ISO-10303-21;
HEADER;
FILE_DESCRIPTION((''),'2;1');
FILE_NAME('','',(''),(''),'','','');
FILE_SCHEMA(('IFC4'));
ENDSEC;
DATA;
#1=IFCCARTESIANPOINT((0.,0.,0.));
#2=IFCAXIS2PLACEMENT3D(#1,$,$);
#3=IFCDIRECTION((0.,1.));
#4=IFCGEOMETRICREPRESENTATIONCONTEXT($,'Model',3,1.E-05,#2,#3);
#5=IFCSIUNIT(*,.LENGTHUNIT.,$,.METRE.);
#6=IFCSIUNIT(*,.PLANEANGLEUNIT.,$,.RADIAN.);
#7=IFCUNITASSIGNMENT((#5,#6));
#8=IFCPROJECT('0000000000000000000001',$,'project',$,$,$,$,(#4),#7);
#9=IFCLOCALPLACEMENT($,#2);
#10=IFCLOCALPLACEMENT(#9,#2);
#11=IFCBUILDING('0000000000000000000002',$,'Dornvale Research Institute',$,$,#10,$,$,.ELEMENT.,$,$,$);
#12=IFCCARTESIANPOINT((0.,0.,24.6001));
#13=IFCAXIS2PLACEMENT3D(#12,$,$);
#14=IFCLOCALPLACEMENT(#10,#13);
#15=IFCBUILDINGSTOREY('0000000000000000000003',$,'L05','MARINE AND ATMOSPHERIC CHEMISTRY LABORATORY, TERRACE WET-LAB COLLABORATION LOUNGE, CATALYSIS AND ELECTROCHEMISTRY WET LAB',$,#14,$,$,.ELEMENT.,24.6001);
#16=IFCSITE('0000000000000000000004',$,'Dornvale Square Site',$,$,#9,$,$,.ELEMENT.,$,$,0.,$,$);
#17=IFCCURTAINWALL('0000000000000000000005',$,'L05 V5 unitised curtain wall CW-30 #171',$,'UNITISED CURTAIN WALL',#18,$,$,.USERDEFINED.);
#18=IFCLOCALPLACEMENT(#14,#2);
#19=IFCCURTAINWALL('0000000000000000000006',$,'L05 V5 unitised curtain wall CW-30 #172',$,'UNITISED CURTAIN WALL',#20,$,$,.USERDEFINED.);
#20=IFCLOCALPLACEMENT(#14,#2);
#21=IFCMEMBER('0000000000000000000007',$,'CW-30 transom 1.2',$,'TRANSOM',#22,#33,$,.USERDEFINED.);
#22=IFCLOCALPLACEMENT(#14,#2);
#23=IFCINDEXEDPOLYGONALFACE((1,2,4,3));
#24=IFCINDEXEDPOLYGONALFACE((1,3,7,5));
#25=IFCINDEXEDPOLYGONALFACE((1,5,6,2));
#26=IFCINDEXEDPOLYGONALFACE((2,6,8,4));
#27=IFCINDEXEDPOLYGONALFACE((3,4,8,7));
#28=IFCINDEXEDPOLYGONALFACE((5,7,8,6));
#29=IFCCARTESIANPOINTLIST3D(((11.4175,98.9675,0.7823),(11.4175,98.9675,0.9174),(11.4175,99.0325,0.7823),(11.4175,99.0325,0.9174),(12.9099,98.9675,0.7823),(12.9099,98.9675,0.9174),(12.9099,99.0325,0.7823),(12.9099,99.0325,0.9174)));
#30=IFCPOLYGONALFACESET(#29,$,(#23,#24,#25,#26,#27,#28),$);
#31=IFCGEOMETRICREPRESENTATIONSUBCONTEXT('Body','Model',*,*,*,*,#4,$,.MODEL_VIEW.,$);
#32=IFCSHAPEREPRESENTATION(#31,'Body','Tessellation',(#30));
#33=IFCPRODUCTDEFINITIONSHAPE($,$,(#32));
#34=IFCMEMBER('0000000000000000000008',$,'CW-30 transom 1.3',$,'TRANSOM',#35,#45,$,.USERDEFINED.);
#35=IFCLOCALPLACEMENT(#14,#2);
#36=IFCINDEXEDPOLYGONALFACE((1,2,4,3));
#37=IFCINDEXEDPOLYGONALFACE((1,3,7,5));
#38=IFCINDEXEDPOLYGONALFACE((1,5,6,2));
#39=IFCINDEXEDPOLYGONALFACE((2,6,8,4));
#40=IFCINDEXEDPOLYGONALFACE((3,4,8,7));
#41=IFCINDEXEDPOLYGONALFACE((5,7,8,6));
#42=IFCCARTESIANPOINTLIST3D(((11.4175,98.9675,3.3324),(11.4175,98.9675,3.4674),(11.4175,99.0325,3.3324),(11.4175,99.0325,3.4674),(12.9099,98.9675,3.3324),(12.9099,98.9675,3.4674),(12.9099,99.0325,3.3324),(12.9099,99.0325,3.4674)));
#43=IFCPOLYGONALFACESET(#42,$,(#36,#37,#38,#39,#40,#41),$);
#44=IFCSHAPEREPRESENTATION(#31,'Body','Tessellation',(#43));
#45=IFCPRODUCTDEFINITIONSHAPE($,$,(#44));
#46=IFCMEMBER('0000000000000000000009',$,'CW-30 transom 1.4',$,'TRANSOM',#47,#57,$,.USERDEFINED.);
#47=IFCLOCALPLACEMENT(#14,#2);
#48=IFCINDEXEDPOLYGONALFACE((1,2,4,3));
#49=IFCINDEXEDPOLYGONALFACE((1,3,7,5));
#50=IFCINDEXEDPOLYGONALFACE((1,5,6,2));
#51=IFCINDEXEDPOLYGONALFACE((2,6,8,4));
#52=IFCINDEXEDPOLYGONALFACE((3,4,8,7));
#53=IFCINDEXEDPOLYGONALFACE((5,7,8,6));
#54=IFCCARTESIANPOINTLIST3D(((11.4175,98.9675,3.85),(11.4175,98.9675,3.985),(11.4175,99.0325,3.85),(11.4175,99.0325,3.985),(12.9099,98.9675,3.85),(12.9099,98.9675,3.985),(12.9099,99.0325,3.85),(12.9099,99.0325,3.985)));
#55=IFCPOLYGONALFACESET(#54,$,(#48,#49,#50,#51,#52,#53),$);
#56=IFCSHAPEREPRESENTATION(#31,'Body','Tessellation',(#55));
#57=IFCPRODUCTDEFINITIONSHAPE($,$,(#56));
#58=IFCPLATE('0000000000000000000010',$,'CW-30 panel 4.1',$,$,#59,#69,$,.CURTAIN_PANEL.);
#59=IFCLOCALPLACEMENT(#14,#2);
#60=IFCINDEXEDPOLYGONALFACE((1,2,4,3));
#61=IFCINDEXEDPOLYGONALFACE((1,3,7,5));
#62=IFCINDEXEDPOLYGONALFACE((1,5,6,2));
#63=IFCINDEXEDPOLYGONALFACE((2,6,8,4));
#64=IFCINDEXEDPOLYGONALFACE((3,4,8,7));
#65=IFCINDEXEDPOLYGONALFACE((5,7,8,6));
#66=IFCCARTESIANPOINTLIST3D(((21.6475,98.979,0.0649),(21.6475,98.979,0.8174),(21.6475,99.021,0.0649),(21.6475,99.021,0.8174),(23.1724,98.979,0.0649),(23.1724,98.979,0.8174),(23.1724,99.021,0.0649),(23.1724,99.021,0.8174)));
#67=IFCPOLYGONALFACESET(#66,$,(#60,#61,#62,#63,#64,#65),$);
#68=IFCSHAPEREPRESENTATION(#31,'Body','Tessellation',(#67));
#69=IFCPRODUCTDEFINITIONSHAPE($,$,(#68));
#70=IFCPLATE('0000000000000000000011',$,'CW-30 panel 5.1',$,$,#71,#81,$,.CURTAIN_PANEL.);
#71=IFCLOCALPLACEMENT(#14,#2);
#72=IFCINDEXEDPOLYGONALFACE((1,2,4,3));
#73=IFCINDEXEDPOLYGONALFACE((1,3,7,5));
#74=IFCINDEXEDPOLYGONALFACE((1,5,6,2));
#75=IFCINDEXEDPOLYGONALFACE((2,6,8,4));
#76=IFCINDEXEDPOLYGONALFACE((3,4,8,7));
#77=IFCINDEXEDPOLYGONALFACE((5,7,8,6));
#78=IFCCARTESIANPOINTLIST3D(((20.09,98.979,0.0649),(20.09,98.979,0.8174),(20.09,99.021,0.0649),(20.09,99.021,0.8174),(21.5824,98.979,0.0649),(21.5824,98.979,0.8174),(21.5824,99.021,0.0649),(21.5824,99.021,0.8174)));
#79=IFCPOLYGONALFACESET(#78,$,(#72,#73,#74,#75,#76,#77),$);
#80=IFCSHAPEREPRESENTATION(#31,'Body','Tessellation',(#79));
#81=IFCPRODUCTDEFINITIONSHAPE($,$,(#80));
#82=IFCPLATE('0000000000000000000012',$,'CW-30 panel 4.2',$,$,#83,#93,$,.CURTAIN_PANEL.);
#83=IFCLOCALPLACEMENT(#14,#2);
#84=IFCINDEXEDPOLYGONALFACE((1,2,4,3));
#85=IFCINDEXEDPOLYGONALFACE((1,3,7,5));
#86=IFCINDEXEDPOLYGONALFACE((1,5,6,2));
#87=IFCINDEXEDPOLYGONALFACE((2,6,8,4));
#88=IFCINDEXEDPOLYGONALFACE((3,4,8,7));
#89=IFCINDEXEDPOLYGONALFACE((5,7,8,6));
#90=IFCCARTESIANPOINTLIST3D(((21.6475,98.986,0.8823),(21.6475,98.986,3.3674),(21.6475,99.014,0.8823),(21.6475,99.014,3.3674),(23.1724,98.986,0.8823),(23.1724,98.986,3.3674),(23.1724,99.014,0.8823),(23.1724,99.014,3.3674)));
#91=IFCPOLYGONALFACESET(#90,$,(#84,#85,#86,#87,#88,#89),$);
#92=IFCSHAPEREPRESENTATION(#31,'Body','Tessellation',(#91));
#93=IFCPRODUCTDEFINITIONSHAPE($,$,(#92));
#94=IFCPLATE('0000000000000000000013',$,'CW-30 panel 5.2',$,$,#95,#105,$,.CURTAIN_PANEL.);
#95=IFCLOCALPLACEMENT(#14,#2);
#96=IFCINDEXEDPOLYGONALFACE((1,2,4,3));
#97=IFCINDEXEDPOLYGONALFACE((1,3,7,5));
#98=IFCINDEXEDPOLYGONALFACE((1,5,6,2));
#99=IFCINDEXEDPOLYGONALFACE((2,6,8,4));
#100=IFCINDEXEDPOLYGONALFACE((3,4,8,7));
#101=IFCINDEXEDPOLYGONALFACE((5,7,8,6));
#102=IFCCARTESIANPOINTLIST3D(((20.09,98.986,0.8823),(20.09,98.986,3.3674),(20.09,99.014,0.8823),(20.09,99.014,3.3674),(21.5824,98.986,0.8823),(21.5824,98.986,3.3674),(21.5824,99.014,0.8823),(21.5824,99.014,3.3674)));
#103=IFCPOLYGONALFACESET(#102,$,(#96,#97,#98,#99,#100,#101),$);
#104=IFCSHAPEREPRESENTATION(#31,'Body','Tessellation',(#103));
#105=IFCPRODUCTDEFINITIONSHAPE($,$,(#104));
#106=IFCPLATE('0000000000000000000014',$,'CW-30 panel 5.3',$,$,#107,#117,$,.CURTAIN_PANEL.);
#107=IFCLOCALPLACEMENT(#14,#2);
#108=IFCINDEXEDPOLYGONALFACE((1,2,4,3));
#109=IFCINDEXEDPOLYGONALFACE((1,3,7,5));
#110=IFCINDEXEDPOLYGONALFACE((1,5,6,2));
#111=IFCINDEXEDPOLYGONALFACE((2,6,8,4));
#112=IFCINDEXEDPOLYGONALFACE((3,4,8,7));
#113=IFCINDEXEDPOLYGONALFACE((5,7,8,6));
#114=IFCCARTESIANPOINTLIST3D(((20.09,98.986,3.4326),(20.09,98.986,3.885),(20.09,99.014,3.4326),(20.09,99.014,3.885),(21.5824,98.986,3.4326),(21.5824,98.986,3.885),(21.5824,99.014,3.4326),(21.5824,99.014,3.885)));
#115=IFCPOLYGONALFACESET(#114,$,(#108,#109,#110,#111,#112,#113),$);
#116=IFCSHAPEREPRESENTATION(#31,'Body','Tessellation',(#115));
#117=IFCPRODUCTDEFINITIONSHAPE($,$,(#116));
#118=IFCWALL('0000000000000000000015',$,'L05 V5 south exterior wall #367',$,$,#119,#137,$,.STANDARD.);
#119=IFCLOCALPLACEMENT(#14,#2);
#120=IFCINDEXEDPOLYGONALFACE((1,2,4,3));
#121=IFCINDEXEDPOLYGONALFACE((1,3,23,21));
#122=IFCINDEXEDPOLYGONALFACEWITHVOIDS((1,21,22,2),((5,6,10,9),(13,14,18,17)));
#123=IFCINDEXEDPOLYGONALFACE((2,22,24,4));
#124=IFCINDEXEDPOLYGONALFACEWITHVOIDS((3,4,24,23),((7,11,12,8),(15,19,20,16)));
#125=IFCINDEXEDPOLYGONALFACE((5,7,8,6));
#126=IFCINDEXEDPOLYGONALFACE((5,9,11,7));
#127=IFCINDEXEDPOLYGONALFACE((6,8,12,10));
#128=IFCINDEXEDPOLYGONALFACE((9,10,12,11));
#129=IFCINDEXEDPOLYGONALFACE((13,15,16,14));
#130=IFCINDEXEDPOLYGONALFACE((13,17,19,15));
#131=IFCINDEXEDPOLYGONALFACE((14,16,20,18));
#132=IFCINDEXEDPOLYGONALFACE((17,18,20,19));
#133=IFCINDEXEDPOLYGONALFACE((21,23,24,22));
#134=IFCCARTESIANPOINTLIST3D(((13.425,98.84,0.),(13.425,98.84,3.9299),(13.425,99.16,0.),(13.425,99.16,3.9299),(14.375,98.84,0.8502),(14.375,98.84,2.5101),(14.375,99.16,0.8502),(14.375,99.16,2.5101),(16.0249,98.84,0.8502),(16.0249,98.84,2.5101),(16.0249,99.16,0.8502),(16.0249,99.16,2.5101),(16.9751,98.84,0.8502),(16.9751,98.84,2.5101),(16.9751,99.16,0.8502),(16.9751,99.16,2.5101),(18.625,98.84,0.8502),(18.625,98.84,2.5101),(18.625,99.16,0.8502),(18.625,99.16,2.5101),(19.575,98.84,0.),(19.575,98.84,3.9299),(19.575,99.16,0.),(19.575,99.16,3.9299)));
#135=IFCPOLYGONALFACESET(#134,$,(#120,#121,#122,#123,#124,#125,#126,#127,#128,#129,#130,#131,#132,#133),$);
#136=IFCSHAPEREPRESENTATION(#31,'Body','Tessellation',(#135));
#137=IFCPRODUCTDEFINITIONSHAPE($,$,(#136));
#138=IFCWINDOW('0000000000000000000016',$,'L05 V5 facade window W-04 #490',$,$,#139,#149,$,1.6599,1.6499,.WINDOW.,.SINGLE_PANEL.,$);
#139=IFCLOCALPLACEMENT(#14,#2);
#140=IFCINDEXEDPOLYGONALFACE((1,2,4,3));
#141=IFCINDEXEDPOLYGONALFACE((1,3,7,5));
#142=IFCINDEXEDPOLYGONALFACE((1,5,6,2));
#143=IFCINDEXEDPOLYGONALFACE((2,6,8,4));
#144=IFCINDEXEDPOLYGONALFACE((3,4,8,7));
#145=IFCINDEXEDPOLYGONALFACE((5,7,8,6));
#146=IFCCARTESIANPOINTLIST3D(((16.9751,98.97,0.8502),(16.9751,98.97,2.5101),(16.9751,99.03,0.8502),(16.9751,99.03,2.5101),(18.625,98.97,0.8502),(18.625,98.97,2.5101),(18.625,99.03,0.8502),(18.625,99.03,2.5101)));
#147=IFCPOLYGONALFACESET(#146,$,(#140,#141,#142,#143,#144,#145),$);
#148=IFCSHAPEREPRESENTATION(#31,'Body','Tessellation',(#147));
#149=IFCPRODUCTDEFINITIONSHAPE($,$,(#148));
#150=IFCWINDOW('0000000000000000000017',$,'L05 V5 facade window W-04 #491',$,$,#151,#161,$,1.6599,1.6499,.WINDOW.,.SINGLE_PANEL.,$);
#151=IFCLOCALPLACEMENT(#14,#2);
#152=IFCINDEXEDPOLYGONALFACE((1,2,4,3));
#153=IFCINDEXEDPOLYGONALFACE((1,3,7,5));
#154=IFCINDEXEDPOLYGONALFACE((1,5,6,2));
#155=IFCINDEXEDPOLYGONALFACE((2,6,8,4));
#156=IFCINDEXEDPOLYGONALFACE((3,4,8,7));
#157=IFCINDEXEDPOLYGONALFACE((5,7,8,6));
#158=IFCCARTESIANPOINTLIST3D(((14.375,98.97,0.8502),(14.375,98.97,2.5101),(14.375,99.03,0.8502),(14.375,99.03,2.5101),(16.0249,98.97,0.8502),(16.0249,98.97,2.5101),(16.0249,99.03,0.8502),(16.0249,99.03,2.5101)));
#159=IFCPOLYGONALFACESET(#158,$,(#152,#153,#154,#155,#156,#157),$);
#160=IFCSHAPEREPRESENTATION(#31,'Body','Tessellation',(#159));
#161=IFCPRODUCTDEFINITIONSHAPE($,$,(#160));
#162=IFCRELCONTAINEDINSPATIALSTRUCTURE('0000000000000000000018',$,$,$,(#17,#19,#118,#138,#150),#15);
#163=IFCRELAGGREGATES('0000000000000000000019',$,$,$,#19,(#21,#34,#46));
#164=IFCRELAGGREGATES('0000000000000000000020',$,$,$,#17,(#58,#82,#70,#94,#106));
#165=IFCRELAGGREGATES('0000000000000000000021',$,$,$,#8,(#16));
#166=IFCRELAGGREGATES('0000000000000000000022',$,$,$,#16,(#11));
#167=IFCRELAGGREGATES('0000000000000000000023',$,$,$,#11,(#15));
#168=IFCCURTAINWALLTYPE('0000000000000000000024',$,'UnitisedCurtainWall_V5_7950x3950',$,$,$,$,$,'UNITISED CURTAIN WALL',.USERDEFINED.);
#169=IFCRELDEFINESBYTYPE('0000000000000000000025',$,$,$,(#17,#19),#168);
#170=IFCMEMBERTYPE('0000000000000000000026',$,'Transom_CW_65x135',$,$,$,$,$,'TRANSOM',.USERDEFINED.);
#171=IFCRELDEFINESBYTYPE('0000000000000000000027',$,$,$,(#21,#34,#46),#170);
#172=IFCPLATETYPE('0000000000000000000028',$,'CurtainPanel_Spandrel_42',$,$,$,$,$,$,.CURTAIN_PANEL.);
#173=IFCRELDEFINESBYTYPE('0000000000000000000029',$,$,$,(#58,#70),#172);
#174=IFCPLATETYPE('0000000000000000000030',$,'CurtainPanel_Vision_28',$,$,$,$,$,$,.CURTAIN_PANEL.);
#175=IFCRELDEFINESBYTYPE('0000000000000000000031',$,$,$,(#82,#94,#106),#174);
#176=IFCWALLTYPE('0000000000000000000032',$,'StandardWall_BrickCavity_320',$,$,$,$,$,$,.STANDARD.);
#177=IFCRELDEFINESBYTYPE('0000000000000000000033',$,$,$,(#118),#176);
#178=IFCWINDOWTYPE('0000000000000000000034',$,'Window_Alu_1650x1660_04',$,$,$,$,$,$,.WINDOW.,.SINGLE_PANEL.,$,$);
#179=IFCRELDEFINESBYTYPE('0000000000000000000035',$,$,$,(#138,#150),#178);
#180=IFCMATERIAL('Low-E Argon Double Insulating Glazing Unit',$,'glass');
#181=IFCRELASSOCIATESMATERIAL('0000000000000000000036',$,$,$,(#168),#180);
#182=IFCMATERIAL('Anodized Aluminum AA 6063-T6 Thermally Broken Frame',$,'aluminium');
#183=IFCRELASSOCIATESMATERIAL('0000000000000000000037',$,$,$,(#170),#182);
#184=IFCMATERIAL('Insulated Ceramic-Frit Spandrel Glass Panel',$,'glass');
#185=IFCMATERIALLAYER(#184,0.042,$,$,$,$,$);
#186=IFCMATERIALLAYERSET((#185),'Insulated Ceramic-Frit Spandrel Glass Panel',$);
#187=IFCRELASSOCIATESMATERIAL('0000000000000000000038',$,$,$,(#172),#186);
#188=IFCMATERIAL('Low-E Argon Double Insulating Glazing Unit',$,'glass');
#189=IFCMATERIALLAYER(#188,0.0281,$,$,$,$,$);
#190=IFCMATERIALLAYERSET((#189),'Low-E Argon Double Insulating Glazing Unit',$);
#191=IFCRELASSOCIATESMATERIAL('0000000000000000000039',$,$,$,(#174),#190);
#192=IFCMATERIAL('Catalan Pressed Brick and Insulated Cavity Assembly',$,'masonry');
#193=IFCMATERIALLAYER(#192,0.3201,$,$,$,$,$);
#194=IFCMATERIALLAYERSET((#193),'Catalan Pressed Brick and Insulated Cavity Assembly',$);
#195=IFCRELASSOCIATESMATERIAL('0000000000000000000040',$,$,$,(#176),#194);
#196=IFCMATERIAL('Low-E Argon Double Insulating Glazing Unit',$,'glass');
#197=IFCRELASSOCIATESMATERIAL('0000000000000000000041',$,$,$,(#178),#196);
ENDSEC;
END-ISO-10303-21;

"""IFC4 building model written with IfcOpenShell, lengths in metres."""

from ifc_helpers import new_model, si_unit, direction, frame, frame_2d, origin, origin_2d, place, context, subcontext, project, spatial, rectangle, extrude, material, layer, layer_set, material_profile, profile_set, type_object, element, fill, aggregate, save


model = new_model("IFC4")

# Units and contexts
model_context = context("Model", 3, precision=1e-05, world=origin(), true_north=direction((0.0, 1.0)))
body_context = subcontext(model_context, "Body", "Model", "MODEL_VIEW")
ifc_project = project(units=[si_unit("LENGTHUNIT", "METRE"), si_unit("PLANEANGLEUNIT", "RADIAN")], contexts=[model_context])

# Site, building, storey
site_placement = place(None, origin())
site = spatial("IfcSite", under=ifc_project, at=site_placement, Name="Dornvale Square Site", CompositionType="ELEMENT", RefElevation=0.0)
building_placement = place(site_placement, origin())
building = spatial("IfcBuilding", under=site, at=building_placement, Name="Dornvale Research Institute", CompositionType="ELEMENT")
storey_placement = place(building_placement, frame((0.0, 0.0, 24.6001)))
storey = spatial("IfcBuildingStorey", under=building, at=storey_placement, Name="L05", Description="MARINE AND ATMOSPHERIC CHEMISTRY LABORATORY, TERRACE WET-LAB COLLABORATION LOUNGE, CATALYSIS AND ELECTROCHEMISTRY WET LAB", CompositionType="ELEMENT", Elevation=24.6001)

# Curtain wall
ifc_material_1 = material(Name="Low-E Argon Double Insulating Glazing Unit", Category="glass")
curtain_wall_type = type_object("IfcCurtainWallType", Name="UnitisedCurtainWall_V5_7950x3950", ElementType="UNITISED CURTAIN WALL", PredefinedType="USERDEFINED", material=ifc_material_1)
curtain_wall_1_placement = place(storey_placement, origin())
curtain_wall_1 = element("IfcCurtainWall", 1, at=curtain_wall_1_placement, inside=storey, type_object=curtain_wall_type, Name="L05 V5 unitised curtain wall CW-30 #171", ObjectType="UNITISED CURTAIN WALL", PredefinedType="USERDEFINED")

# Curtain wall
curtain_wall_2_placement = place(storey_placement, origin())
curtain_wall_2 = element("IfcCurtainWall", 2, at=curtain_wall_2_placement, inside=storey, type_object=curtain_wall_type, Name="L05 V5 unitised curtain wall CW-30 #172", ObjectType="UNITISED CURTAIN WALL", PredefinedType="USERDEFINED")

# Members
ifc_material_2 = material(Name="Anodized Aluminum AA 6063-T6 Thermally Broken Frame", Category="aluminium")
ifc_material_profile_1 = material_profile(ifc_material_2, rectangle(XDim=0.0649, YDim=0.135, at=origin_2d()), Name="ALU TRANSOM 65x135")
ifc_profile_set_1 = profile_set([ifc_material_profile_1], Name="Anodized Aluminum AA 6063-T6 Thermally Broken Frame")
member_type_1 = type_object("IfcMemberType", Name="Transom_CW_65x135", ElementType="TRANSOM", PredefinedType="USERDEFINED", material=ifc_profile_set_1)
member_1_placement = place(storey_placement, frame((12.9099, 99.0, 0.8499), z_axis=(-1.0, 0.0, 0.0), x_axis=(0.0, -1.0, 0.0)))
member_1 = element("IfcMember", 3, at=member_1_placement, type_object=member_type_1, Name="CW-30 transom 1.2", ObjectType="TRANSOM", PredefinedType="USERDEFINED", context=body_context, shape_type="SweptSolid", body=[
    extrude(rectangle(XDim=0.0649, YDim=0.135, at=origin_2d()), origin(), (0.0, 0.0, 1.0), 1.4924),
])
member_2_placement = place(storey_placement, frame((12.9099, 99.0, 3.3999), z_axis=(-1.0, 0.0, 0.0), x_axis=(0.0, -1.0, 0.0)))
member_2 = element("IfcMember", 4, at=member_2_placement, type_object=member_type_1, Name="CW-30 transom 1.3", ObjectType="TRANSOM", PredefinedType="USERDEFINED", context=body_context, shape_type="SweptSolid", body=[
    extrude(rectangle(XDim=0.0649, YDim=0.135, at=origin_2d()), origin(), (0.0, 0.0, 1.0), 1.4924),
])
member_3_placement = place(storey_placement, frame((12.9099, 99.0, 3.9175), z_axis=(-1.0, 0.0, 0.0), x_axis=(0.0, -1.0, 0.0)))
member_3 = element("IfcMember", 5, at=member_3_placement, type_object=member_type_1, Name="CW-30 transom 1.4", ObjectType="TRANSOM", PredefinedType="USERDEFINED", context=body_context, shape_type="SweptSolid", body=[
    extrude(rectangle(XDim=0.0649, YDim=0.135, at=origin_2d()), origin(), (0.0, 0.0, 1.0), 1.4924),
])
aggregate(curtain_wall_2, [member_1, member_2, member_3])

# Plates
ifc_material_3 = material(Name="Insulated Ceramic-Frit Spandrel Glass Panel", Category="glass")
ifc_layer_1 = layer(ifc_material_3, 0.042)
ifc_layer_set_1 = layer_set([ifc_layer_1], Name="Insulated Ceramic-Frit Spandrel Glass Panel")
plate_type_1 = type_object("IfcPlateType", Name="CurtainPanel_Spandrel_42", PredefinedType="CURTAIN_PANEL", material=ifc_layer_set_1)
plate_1_placement = place(storey_placement, frame((22.4099, 99.0, 0.0649), z_axis=(0.0, 0.0, 1.0), x_axis=(-1.0, 0.0, 0.0)))
plate_1 = element("IfcPlate", 6, at=plate_1_placement, type_object=plate_type_1, Name="CW-30 panel 4.1", PredefinedType="CURTAIN_PANEL", context=body_context, shape_type="SweptSolid", body=[
    extrude(rectangle(XDim=1.5249, YDim=0.042, at=origin_2d()), origin(), (0.0, 0.0, 1.0), 0.7524),
])
plate_2_placement = place(storey_placement, frame((20.8362, 99.0, 0.0649), z_axis=(0.0, 0.0, 1.0), x_axis=(-1.0, 0.0, 0.0)))
plate_2 = element("IfcPlate", 7, at=plate_2_placement, type_object=plate_type_1, Name="CW-30 panel 5.1", PredefinedType="CURTAIN_PANEL", context=body_context, shape_type="SweptSolid", body=[
    extrude(rectangle(XDim=1.4924, YDim=0.042, at=origin_2d()), origin(), (0.0, 0.0, 1.0), 0.7524),
])
ifc_material_4 = material(Name="Low-E Argon Double Insulating Glazing Unit", Category="glass")
ifc_layer_2 = layer(ifc_material_4, 0.0281)
ifc_layer_set_2 = layer_set([ifc_layer_2], Name="Low-E Argon Double Insulating Glazing Unit")
plate_type_2 = type_object("IfcPlateType", Name="CurtainPanel_Vision_28", PredefinedType="CURTAIN_PANEL", material=ifc_layer_set_2)
plate_3_placement = place(storey_placement, frame((22.4099, 99.0, 0.8823), z_axis=(0.0, 0.0, 1.0), x_axis=(-1.0, 0.0, 0.0)))
plate_3 = element("IfcPlate", 8, at=plate_3_placement, type_object=plate_type_2, Name="CW-30 panel 4.2", PredefinedType="CURTAIN_PANEL", context=body_context, shape_type="SweptSolid", body=[
    extrude(rectangle(XDim=1.5249, YDim=0.0281, at=origin_2d()), origin(), (0.0, 0.0, 1.0), 2.4851),
])
plate_4_placement = place(storey_placement, frame((20.8362, 99.0, 0.8823), z_axis=(0.0, 0.0, 1.0), x_axis=(-1.0, 0.0, 0.0)))
plate_4 = element("IfcPlate", 9, at=plate_4_placement, type_object=plate_type_2, Name="CW-30 panel 5.2", PredefinedType="CURTAIN_PANEL", context=body_context, shape_type="SweptSolid", body=[
    extrude(rectangle(XDim=1.4924, YDim=0.0281, at=origin_2d()), origin(), (0.0, 0.0, 1.0), 2.4851),
])
plate_5_placement = place(storey_placement, frame((20.8362, 99.0, 3.4326), z_axis=(0.0, 0.0, 1.0), x_axis=(-1.0, 0.0, 0.0)))
plate_5 = element("IfcPlate", 10, at=plate_5_placement, type_object=plate_type_2, Name="CW-30 panel 5.3", PredefinedType="CURTAIN_PANEL", context=body_context, shape_type="SweptSolid", body=[
    extrude(rectangle(XDim=1.4924, YDim=0.0281, at=origin_2d()), origin(), (0.0, 0.0, 1.0), 0.4524),
])
aggregate(curtain_wall_1, [plate_1, plate_3, plate_2, plate_4, plate_5])

# Wall, openings, windows
ifc_material_5 = material(Name="Catalan Pressed Brick and Insulated Cavity Assembly", Category="masonry")
ifc_layer_3 = layer(ifc_material_5, 0.3201)
ifc_layer_set_3 = layer_set([ifc_layer_3], Name="Catalan Pressed Brick and Insulated Cavity Assembly")
wall_type = type_object("IfcWallType", Name="StandardWall_BrickCavity_320", PredefinedType="STANDARD", material=ifc_layer_set_3)
wall_placement = place(storey_placement, frame((19.575, 99.0, 0.0), z_axis=(0.0, 0.0, 1.0), x_axis=(-1.0, 0.0, 0.0)))
wall = element("IfcWall", 11, at=wall_placement, inside=storey, type_object=wall_type, Name="L05 V5 south exterior wall #367", PredefinedType="STANDARD", context=body_context, shape_type="SweptSolid", body=[
    extrude(rectangle(XDim=6.1499, YDim=0.3201, at=frame_2d((3.075, 0.0))), origin(), (0.0, 0.0, 1.0), 3.9299),
])
opening_1_placement = place(wall_placement, frame((0.95, 0.0, 0.8501)))
opening_1 = element("IfcOpeningElement", 12, at=opening_1_placement, cuts=wall, PredefinedType="OPENING", context=body_context, shape_type="SweptSolid", body=[
    extrude(rectangle(XDim=1.6499, YDim=1.6599, at=frame_2d((0.825, 0.8301))), frame((0.0, 0.175, 0.0), z_axis=(0.0, -1.0, 0.0), x_axis=(1.0, 0.0, 0.0)), (0.0, 0.0, 1.0), 0.3501),
])
opening_2_placement = place(wall_placement, frame((3.55, 0.0, 0.8501)))
opening_2 = element("IfcOpeningElement", 13, at=opening_2_placement, cuts=wall, PredefinedType="OPENING", context=body_context, shape_type="SweptSolid", body=[
    extrude(rectangle(XDim=1.6499, YDim=1.6599, at=frame_2d((0.825, 0.8301))), frame((0.0, 0.175, 0.0), z_axis=(0.0, -1.0, 0.0), x_axis=(1.0, 0.0, 0.0)), (0.0, 0.0, 1.0), 0.3501),
])
ifc_material_6 = material(Name="Low-E Argon Double Insulating Glazing Unit", Category="glass")
window_type = type_object("IfcWindowType", Name="Window_Alu_1650x1660_04", PartitioningType="SINGLE_PANEL", PredefinedType="WINDOW", material=ifc_material_6)
window_1_placement = place(opening_1_placement, origin())
window_1 = element("IfcWindow", 14, at=window_1_placement, inside=storey, type_object=window_type, Name="L05 V5 facade window W-04 #490", OverallHeight=1.6599, OverallWidth=1.6499, PartitioningType="SINGLE_PANEL", PredefinedType="WINDOW", context=body_context, shape_type="SweptSolid", body=[
    extrude(rectangle(XDim=1.6499, YDim=1.6599, at=frame_2d((0.825, 0.8301))), frame((0.0, 0.03, 0.0), z_axis=(0.0, -1.0, 0.0), x_axis=(1.0, 0.0, 0.0)), (0.0, 0.0, 1.0), 0.0601),
])
fill(opening_1, window_1)
window_2_placement = place(opening_2_placement, origin())
window_2 = element("IfcWindow", 15, at=window_2_placement, inside=storey, type_object=window_type, Name="L05 V5 facade window W-04 #491", OverallHeight=1.6599, OverallWidth=1.6499, PartitioningType="SINGLE_PANEL", PredefinedType="WINDOW", context=body_context, shape_type="SweptSolid", body=[
    extrude(rectangle(XDim=1.6499, YDim=1.6599, at=frame_2d((0.825, 0.8301))), frame((0.0, 0.03, 0.0), z_axis=(0.0, -1.0, 0.0), x_axis=(1.0, 0.0, 0.0)), (0.0, 0.0, 1.0), 0.0601),
])
fill(opening_2, window_2)

save(model, "model.ifc")
